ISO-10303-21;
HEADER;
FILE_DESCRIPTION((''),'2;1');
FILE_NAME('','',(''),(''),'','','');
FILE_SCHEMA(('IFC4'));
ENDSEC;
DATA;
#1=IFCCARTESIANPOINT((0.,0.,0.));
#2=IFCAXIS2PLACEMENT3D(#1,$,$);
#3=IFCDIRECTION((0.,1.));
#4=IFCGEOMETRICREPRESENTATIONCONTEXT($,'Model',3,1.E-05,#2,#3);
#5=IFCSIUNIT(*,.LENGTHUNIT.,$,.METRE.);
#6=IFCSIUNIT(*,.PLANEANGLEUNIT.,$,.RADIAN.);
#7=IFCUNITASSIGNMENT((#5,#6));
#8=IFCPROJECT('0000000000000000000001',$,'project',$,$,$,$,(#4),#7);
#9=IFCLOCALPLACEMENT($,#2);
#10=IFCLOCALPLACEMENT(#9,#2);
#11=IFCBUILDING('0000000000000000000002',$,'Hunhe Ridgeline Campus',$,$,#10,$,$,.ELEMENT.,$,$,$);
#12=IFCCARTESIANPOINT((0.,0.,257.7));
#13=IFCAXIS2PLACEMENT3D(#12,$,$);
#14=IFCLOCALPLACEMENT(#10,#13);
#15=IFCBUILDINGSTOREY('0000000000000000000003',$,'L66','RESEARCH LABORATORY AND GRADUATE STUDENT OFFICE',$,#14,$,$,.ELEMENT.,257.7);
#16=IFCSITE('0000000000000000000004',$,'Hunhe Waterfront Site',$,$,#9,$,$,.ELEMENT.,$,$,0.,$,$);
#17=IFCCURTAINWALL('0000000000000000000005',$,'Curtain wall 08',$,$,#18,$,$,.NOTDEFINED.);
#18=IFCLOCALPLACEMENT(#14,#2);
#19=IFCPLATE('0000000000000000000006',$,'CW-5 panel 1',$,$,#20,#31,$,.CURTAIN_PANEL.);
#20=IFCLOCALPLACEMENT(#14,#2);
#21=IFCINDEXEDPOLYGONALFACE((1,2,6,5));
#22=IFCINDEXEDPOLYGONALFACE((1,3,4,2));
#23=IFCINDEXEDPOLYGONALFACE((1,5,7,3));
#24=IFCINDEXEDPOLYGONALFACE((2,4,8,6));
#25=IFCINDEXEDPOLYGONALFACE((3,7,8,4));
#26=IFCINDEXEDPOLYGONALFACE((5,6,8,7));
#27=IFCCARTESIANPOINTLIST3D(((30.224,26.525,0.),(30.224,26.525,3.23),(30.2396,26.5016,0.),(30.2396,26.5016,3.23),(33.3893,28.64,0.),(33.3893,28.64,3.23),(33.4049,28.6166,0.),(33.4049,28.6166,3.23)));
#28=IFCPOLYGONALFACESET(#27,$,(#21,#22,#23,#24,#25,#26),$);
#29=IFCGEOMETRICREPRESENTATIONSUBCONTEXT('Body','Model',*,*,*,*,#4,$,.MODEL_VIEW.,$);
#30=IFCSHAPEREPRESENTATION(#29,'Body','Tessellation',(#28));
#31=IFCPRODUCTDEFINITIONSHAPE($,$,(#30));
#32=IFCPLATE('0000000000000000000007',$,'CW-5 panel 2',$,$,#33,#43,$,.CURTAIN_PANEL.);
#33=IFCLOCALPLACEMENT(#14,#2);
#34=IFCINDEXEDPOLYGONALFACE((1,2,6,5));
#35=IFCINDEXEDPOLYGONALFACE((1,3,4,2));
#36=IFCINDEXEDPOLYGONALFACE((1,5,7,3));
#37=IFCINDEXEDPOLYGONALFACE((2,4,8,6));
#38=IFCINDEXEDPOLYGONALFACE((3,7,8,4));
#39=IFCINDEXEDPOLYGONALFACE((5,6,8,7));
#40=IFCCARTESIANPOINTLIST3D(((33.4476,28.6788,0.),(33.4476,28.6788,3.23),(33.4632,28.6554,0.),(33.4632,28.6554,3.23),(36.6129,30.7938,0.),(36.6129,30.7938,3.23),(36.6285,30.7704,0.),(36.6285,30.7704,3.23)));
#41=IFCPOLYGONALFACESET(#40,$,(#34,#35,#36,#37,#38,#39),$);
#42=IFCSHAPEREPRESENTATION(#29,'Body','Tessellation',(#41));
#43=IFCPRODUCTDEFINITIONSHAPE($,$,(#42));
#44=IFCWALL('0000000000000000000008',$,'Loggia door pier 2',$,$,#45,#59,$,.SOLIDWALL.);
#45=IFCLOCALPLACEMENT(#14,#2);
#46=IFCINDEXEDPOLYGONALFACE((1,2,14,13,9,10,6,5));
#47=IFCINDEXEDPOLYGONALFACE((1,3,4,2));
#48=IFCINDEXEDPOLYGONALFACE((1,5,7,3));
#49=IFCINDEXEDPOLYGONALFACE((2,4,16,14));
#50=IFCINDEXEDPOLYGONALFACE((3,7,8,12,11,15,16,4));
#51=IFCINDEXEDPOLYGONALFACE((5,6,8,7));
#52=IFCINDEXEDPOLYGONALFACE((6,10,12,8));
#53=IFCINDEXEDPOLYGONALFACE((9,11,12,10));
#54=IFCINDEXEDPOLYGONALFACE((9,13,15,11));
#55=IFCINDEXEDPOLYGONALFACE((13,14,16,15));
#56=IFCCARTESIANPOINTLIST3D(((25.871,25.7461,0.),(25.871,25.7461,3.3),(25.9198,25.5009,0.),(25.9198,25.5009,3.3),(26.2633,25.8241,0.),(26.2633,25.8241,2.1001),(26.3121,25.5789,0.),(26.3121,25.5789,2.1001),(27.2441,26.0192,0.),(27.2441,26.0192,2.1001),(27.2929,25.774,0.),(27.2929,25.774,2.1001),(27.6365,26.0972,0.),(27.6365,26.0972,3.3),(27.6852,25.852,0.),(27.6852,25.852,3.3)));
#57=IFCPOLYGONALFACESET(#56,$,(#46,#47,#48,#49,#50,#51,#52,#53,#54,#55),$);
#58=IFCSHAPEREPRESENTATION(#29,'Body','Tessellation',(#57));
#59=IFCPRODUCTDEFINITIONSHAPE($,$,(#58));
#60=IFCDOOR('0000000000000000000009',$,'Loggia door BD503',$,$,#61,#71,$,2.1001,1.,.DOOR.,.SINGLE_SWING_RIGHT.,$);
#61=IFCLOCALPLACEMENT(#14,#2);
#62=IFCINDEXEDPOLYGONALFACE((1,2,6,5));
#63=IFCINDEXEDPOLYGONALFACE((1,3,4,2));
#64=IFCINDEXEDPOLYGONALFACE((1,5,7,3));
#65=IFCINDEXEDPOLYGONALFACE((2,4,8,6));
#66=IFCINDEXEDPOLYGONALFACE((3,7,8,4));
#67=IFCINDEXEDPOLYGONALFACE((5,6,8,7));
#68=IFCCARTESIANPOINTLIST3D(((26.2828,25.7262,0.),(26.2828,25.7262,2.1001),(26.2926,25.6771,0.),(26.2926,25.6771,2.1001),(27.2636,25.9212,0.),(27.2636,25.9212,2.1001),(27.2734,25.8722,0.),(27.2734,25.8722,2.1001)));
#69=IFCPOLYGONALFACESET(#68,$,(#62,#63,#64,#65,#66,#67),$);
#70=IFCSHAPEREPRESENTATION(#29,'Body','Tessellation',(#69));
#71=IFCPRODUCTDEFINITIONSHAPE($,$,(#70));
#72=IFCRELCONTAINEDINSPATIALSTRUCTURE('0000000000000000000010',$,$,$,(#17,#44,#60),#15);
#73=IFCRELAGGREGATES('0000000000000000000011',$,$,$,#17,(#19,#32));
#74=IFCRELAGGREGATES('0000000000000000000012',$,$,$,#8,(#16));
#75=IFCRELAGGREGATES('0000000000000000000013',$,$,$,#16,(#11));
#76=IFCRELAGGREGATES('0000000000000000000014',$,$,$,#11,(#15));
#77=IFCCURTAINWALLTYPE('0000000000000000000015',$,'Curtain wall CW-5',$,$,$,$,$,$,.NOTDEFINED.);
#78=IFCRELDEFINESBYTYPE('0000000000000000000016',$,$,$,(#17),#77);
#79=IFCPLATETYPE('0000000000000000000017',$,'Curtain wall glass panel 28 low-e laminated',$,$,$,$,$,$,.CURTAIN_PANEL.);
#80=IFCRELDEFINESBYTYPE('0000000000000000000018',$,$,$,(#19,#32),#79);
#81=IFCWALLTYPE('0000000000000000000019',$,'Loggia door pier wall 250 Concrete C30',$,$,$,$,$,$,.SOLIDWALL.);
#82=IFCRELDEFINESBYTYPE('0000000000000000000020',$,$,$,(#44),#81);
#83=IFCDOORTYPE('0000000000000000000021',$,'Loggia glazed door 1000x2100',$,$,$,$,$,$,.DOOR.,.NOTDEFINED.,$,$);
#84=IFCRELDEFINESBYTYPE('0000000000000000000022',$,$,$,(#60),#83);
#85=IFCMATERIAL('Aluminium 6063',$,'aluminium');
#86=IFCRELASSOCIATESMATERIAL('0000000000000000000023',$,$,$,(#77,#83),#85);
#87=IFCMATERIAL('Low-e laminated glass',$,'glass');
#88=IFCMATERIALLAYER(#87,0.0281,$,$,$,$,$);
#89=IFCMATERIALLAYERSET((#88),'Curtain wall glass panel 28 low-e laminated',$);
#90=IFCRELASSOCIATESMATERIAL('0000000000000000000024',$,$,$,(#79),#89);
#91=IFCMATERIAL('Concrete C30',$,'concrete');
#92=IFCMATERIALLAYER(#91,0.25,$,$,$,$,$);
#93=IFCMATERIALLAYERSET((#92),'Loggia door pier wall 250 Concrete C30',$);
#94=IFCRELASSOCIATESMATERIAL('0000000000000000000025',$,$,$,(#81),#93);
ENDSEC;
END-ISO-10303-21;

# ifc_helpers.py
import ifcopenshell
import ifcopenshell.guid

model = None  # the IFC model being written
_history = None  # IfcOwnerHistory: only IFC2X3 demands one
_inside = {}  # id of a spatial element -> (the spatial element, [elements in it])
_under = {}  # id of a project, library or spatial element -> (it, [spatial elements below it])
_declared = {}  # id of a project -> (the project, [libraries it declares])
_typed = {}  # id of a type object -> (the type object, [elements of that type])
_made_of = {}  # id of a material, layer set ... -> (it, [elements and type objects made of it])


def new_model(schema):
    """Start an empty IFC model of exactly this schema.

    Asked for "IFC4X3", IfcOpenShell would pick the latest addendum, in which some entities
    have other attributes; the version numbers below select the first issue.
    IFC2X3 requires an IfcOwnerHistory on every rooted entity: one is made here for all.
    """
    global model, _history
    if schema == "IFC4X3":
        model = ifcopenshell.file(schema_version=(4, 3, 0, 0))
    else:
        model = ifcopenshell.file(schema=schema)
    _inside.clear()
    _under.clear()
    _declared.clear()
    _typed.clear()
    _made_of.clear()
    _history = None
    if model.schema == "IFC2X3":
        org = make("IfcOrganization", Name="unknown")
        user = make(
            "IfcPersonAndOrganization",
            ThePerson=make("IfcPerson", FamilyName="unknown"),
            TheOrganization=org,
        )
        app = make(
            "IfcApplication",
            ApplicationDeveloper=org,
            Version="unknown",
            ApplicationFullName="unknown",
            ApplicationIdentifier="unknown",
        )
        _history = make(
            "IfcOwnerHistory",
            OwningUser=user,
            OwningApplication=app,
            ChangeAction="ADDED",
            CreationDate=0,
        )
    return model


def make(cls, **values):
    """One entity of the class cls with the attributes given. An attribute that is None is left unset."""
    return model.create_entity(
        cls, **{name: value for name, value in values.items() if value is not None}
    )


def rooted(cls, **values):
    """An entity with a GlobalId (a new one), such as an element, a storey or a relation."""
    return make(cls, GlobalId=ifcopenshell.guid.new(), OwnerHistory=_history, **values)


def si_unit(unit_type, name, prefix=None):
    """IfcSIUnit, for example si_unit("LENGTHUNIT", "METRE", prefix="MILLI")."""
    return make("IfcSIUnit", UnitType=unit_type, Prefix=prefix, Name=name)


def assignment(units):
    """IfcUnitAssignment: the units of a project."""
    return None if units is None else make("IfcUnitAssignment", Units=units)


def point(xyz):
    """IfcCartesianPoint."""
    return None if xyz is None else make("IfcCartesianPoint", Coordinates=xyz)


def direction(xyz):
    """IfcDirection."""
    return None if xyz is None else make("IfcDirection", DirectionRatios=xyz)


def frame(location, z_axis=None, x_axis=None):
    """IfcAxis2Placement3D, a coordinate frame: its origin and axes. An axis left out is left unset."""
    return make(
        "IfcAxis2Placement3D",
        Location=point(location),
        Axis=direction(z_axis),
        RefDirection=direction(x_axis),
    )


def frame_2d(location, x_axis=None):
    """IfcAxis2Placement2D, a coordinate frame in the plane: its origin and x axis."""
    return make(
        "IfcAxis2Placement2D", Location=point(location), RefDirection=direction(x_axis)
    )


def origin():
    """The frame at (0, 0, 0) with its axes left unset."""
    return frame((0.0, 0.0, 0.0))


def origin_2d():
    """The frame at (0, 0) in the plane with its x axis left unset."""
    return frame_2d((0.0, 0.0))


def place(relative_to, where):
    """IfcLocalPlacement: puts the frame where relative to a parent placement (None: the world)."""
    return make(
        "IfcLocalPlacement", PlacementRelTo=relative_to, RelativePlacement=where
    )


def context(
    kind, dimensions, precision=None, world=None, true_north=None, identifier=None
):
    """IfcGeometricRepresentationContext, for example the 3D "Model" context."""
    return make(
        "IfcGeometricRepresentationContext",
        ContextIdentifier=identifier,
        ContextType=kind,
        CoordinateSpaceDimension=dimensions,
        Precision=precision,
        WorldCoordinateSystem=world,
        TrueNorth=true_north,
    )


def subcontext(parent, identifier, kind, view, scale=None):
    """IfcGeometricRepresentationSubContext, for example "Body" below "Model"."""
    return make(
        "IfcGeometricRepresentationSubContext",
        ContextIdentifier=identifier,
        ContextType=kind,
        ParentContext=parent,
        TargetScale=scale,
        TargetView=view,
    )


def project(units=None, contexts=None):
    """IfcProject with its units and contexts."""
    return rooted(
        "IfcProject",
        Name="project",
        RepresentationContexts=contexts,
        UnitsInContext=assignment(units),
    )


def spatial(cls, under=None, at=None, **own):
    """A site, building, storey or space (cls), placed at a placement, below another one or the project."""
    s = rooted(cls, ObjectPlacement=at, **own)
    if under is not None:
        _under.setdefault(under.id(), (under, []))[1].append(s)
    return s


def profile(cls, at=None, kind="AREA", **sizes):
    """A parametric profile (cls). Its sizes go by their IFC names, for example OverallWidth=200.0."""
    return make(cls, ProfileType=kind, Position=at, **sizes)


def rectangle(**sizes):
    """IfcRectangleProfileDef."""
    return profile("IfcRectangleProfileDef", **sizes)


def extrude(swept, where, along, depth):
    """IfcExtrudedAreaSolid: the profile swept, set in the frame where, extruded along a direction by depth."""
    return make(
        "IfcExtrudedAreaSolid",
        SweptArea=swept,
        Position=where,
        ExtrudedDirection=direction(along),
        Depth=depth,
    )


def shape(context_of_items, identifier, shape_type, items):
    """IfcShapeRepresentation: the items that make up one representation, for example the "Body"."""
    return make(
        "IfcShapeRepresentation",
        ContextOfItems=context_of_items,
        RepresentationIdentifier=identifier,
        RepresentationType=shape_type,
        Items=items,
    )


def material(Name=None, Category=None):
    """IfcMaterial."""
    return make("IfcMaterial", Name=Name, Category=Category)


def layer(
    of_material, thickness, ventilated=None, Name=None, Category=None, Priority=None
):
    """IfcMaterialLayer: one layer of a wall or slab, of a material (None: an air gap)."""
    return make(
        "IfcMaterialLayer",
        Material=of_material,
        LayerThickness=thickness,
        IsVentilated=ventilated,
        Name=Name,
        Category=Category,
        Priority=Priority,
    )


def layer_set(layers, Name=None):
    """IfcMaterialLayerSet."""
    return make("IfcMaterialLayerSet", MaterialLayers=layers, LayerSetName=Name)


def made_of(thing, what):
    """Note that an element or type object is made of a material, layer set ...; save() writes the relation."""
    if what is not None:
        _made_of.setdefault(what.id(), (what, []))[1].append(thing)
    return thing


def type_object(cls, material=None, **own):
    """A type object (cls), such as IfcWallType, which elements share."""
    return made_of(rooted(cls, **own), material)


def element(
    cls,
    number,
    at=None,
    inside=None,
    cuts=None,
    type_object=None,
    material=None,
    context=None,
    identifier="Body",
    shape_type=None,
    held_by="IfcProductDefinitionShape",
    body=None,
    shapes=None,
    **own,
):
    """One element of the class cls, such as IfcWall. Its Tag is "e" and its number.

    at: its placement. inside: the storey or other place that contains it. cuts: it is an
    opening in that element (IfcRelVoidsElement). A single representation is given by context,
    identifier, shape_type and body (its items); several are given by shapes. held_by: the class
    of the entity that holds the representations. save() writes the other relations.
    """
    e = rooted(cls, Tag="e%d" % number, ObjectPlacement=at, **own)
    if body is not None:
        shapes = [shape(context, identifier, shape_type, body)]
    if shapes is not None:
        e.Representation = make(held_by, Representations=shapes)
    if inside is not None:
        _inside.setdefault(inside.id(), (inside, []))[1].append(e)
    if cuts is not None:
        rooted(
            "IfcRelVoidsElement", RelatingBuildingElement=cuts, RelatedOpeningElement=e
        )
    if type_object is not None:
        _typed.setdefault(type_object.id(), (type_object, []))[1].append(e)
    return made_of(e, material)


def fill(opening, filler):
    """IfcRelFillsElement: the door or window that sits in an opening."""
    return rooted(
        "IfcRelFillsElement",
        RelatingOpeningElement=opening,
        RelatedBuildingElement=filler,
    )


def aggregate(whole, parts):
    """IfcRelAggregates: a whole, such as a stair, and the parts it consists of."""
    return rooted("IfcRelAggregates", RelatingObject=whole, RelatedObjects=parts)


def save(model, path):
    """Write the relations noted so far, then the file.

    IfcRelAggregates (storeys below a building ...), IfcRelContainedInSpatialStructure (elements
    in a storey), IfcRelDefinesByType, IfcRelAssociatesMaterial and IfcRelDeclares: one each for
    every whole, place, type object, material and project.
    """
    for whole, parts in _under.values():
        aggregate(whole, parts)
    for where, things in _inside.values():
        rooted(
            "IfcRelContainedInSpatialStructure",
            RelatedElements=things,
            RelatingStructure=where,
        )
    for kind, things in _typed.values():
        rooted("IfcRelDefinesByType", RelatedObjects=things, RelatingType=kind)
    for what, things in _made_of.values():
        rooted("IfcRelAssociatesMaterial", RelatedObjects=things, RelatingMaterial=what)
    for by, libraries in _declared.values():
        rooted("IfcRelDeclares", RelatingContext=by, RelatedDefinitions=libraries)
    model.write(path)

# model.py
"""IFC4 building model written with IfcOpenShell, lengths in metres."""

from ifc_helpers import new_model, si_unit, direction, frame, frame_2d, origin, origin_2d, place, context, subcontext, project, spatial, rectangle, extrude, material, layer, layer_set, type_object, element, fill, aggregate, save


model = new_model("IFC4")

# Units and contexts
model_context = context("Model", 3, precision=1e-05, world=origin(), true_north=direction((0.0, 1.0)))
body_context = subcontext(model_context, "Body", "Model", "MODEL_VIEW")
ifc_project = project(units=[si_unit("LENGTHUNIT", "METRE"), si_unit("PLANEANGLEUNIT", "RADIAN")], contexts=[model_context])

# Site, building, storey
site_placement = place(None, origin())
site = spatial("IfcSite", under=ifc_project, at=site_placement, Name="Hunhe Waterfront Site", CompositionType="ELEMENT", RefElevation=0.0)
building_placement = place(site_placement, origin())
building = spatial("IfcBuilding", under=site, at=building_placement, Name="Hunhe Ridgeline Campus", CompositionType="ELEMENT")
storey_placement = place(building_placement, frame((0.0, 0.0, 257.7)))
storey = spatial("IfcBuildingStorey", under=building, at=storey_placement, Name="L66", Description="RESEARCH LABORATORY AND GRADUATE STUDENT OFFICE", CompositionType="ELEMENT", Elevation=257.7)

# Curtain wall
ifc_material_1 = material(Name="Aluminium 6063", Category="aluminium")
curtain_wall_type = type_object("IfcCurtainWallType", Name="Curtain wall CW-5", PredefinedType="NOTDEFINED", material=ifc_material_1)
curtain_wall_1_placement = place(storey_placement, origin())
curtain_wall_1 = element("IfcCurtainWall", 1, at=curtain_wall_1_placement, inside=storey, type_object=curtain_wall_type, Name="Curtain wall 08", PredefinedType="NOTDEFINED")

# Plates
ifc_material_2 = material(Name="Low-e laminated glass", Category="glass")
ifc_layer_1 = layer(ifc_material_2, 0.0281)
ifc_layer_set_1 = layer_set([ifc_layer_1], Name="Curtain wall glass panel 28 low-e laminated")
plate_type = type_object("IfcPlateType", Name="Curtain wall glass panel 28 low-e laminated", PredefinedType="CURTAIN_PANEL", material=ifc_layer_set_1)
plate_1_placement = place(storey_placement, frame((31.8145, 27.5708, 0.0), z_axis=(0.0, 0.0, 1.0), x_axis=(0.83147, 0.55557, 0.0)))
plate_1 = element("IfcPlate", 2, at=plate_1_placement, type_object=plate_type, Name="CW-5 panel 1", PredefinedType="CURTAIN_PANEL", context=body_context, shape_type="SweptSolid", body=[
    extrude(rectangle(XDim=3.8069, YDim=0.0281, at=origin_2d()), origin(), (0.0, 0.0, 1.0), 3.23),
])
plate_2_placement = place(storey_placement, frame((35.0381, 29.7246, 0.0), z_axis=(0.0, 0.0, 1.0), x_axis=(0.83147, 0.55557, 0.0)))
plate_2 = element("IfcPlate", 3, at=plate_2_placement, type_object=plate_type, Name="CW-5 panel 2", PredefinedType="CURTAIN_PANEL", context=body_context, shape_type="SweptSolid", body=[
    extrude(rectangle(XDim=3.8069, YDim=0.0281, at=origin_2d()), origin(), (0.0, 0.0, 1.0), 3.23),
])
aggregate(curtain_wall_1, [plate_1, plate_2])

# Wall, opening, door
ifc_material_3 = material(Name="Concrete C30", Category="concrete")
ifc_layer_2 = layer(ifc_material_3, 0.25)
ifc_layer_set_2 = layer_set([ifc_layer_2], Name="Loggia door pier wall 250 Concrete C30")
wall_type_1 = type_object("IfcWallType", Name="Loggia door pier wall 250 Concrete C30", PredefinedType="SOLIDWALL", material=ifc_layer_set_2)
wall_1_placement = place(storey_placement, frame((25.8955, 25.6235, 0.0), z_axis=(0.0, 0.0, 1.0), x_axis=(0.980794, 0.195047, 0.0)))
wall_1 = element("IfcWall", 4, at=wall_1_placement, inside=storey, type_object=wall_type_1, Name="Loggia door pier 2", PredefinedType="SOLIDWALL", context=body_context, shape_type="SweptSolid", body=[
    extrude(rectangle(XDim=1.8, YDim=0.25, at=frame_2d((0.8999, 0.0))), origin(), (0.0, 0.0, 1.0), 3.3),
])
opening_1_placement = place(wall_1_placement, frame((0.3999, 0.0, 0.0)))
opening_1 = element("IfcOpeningElement", 5, at=opening_1_placement, cuts=wall_1, PredefinedType="OPENING", context=body_context, shape_type="SweptSolid", body=[
    extrude(rectangle(XDim=1.0, YDim=2.1001, at=frame_2d((0.5, 1.05))), frame((0.0, 0.125, 0.0), z_axis=(0.0, -1.0, 0.0), x_axis=(1.0, 0.0, 0.0)), (0.0, 0.0, 1.0), 0.25),
])
door_type_1 = type_object("IfcDoorType", Name="Loggia glazed door 1000x2100", OperationType="NOTDEFINED", PredefinedType="DOOR", material=ifc_material_1)
door_1_placement = place(opening_1_placement, frame((1.0, 0.0, 0.0), z_axis=(0.0, 0.0, 1.0), x_axis=(-1.0, 0.0, 0.0)))
door_1 = element("IfcDoor", 6, at=door_1_placement, inside=storey, type_object=door_type_1, Name="Loggia door BD503", OperationType="SINGLE_SWING_RIGHT", OverallHeight=2.1001, OverallWidth=1.0, PredefinedType="DOOR", context=body_context, shape_type="SweptSolid", body=[
    extrude(rectangle(XDim=1.0, YDim=2.1001, at=frame_2d((0.5, 1.05))), frame((0.0, 0.0249, 0.0), z_axis=(0.0, -1.0, 0.0), x_axis=(1.0, 0.0, 0.0)), (0.0, 0.0, 1.0), 0.05),
])
fill(opening_1, door_1)

save(model, "model.ifc")
